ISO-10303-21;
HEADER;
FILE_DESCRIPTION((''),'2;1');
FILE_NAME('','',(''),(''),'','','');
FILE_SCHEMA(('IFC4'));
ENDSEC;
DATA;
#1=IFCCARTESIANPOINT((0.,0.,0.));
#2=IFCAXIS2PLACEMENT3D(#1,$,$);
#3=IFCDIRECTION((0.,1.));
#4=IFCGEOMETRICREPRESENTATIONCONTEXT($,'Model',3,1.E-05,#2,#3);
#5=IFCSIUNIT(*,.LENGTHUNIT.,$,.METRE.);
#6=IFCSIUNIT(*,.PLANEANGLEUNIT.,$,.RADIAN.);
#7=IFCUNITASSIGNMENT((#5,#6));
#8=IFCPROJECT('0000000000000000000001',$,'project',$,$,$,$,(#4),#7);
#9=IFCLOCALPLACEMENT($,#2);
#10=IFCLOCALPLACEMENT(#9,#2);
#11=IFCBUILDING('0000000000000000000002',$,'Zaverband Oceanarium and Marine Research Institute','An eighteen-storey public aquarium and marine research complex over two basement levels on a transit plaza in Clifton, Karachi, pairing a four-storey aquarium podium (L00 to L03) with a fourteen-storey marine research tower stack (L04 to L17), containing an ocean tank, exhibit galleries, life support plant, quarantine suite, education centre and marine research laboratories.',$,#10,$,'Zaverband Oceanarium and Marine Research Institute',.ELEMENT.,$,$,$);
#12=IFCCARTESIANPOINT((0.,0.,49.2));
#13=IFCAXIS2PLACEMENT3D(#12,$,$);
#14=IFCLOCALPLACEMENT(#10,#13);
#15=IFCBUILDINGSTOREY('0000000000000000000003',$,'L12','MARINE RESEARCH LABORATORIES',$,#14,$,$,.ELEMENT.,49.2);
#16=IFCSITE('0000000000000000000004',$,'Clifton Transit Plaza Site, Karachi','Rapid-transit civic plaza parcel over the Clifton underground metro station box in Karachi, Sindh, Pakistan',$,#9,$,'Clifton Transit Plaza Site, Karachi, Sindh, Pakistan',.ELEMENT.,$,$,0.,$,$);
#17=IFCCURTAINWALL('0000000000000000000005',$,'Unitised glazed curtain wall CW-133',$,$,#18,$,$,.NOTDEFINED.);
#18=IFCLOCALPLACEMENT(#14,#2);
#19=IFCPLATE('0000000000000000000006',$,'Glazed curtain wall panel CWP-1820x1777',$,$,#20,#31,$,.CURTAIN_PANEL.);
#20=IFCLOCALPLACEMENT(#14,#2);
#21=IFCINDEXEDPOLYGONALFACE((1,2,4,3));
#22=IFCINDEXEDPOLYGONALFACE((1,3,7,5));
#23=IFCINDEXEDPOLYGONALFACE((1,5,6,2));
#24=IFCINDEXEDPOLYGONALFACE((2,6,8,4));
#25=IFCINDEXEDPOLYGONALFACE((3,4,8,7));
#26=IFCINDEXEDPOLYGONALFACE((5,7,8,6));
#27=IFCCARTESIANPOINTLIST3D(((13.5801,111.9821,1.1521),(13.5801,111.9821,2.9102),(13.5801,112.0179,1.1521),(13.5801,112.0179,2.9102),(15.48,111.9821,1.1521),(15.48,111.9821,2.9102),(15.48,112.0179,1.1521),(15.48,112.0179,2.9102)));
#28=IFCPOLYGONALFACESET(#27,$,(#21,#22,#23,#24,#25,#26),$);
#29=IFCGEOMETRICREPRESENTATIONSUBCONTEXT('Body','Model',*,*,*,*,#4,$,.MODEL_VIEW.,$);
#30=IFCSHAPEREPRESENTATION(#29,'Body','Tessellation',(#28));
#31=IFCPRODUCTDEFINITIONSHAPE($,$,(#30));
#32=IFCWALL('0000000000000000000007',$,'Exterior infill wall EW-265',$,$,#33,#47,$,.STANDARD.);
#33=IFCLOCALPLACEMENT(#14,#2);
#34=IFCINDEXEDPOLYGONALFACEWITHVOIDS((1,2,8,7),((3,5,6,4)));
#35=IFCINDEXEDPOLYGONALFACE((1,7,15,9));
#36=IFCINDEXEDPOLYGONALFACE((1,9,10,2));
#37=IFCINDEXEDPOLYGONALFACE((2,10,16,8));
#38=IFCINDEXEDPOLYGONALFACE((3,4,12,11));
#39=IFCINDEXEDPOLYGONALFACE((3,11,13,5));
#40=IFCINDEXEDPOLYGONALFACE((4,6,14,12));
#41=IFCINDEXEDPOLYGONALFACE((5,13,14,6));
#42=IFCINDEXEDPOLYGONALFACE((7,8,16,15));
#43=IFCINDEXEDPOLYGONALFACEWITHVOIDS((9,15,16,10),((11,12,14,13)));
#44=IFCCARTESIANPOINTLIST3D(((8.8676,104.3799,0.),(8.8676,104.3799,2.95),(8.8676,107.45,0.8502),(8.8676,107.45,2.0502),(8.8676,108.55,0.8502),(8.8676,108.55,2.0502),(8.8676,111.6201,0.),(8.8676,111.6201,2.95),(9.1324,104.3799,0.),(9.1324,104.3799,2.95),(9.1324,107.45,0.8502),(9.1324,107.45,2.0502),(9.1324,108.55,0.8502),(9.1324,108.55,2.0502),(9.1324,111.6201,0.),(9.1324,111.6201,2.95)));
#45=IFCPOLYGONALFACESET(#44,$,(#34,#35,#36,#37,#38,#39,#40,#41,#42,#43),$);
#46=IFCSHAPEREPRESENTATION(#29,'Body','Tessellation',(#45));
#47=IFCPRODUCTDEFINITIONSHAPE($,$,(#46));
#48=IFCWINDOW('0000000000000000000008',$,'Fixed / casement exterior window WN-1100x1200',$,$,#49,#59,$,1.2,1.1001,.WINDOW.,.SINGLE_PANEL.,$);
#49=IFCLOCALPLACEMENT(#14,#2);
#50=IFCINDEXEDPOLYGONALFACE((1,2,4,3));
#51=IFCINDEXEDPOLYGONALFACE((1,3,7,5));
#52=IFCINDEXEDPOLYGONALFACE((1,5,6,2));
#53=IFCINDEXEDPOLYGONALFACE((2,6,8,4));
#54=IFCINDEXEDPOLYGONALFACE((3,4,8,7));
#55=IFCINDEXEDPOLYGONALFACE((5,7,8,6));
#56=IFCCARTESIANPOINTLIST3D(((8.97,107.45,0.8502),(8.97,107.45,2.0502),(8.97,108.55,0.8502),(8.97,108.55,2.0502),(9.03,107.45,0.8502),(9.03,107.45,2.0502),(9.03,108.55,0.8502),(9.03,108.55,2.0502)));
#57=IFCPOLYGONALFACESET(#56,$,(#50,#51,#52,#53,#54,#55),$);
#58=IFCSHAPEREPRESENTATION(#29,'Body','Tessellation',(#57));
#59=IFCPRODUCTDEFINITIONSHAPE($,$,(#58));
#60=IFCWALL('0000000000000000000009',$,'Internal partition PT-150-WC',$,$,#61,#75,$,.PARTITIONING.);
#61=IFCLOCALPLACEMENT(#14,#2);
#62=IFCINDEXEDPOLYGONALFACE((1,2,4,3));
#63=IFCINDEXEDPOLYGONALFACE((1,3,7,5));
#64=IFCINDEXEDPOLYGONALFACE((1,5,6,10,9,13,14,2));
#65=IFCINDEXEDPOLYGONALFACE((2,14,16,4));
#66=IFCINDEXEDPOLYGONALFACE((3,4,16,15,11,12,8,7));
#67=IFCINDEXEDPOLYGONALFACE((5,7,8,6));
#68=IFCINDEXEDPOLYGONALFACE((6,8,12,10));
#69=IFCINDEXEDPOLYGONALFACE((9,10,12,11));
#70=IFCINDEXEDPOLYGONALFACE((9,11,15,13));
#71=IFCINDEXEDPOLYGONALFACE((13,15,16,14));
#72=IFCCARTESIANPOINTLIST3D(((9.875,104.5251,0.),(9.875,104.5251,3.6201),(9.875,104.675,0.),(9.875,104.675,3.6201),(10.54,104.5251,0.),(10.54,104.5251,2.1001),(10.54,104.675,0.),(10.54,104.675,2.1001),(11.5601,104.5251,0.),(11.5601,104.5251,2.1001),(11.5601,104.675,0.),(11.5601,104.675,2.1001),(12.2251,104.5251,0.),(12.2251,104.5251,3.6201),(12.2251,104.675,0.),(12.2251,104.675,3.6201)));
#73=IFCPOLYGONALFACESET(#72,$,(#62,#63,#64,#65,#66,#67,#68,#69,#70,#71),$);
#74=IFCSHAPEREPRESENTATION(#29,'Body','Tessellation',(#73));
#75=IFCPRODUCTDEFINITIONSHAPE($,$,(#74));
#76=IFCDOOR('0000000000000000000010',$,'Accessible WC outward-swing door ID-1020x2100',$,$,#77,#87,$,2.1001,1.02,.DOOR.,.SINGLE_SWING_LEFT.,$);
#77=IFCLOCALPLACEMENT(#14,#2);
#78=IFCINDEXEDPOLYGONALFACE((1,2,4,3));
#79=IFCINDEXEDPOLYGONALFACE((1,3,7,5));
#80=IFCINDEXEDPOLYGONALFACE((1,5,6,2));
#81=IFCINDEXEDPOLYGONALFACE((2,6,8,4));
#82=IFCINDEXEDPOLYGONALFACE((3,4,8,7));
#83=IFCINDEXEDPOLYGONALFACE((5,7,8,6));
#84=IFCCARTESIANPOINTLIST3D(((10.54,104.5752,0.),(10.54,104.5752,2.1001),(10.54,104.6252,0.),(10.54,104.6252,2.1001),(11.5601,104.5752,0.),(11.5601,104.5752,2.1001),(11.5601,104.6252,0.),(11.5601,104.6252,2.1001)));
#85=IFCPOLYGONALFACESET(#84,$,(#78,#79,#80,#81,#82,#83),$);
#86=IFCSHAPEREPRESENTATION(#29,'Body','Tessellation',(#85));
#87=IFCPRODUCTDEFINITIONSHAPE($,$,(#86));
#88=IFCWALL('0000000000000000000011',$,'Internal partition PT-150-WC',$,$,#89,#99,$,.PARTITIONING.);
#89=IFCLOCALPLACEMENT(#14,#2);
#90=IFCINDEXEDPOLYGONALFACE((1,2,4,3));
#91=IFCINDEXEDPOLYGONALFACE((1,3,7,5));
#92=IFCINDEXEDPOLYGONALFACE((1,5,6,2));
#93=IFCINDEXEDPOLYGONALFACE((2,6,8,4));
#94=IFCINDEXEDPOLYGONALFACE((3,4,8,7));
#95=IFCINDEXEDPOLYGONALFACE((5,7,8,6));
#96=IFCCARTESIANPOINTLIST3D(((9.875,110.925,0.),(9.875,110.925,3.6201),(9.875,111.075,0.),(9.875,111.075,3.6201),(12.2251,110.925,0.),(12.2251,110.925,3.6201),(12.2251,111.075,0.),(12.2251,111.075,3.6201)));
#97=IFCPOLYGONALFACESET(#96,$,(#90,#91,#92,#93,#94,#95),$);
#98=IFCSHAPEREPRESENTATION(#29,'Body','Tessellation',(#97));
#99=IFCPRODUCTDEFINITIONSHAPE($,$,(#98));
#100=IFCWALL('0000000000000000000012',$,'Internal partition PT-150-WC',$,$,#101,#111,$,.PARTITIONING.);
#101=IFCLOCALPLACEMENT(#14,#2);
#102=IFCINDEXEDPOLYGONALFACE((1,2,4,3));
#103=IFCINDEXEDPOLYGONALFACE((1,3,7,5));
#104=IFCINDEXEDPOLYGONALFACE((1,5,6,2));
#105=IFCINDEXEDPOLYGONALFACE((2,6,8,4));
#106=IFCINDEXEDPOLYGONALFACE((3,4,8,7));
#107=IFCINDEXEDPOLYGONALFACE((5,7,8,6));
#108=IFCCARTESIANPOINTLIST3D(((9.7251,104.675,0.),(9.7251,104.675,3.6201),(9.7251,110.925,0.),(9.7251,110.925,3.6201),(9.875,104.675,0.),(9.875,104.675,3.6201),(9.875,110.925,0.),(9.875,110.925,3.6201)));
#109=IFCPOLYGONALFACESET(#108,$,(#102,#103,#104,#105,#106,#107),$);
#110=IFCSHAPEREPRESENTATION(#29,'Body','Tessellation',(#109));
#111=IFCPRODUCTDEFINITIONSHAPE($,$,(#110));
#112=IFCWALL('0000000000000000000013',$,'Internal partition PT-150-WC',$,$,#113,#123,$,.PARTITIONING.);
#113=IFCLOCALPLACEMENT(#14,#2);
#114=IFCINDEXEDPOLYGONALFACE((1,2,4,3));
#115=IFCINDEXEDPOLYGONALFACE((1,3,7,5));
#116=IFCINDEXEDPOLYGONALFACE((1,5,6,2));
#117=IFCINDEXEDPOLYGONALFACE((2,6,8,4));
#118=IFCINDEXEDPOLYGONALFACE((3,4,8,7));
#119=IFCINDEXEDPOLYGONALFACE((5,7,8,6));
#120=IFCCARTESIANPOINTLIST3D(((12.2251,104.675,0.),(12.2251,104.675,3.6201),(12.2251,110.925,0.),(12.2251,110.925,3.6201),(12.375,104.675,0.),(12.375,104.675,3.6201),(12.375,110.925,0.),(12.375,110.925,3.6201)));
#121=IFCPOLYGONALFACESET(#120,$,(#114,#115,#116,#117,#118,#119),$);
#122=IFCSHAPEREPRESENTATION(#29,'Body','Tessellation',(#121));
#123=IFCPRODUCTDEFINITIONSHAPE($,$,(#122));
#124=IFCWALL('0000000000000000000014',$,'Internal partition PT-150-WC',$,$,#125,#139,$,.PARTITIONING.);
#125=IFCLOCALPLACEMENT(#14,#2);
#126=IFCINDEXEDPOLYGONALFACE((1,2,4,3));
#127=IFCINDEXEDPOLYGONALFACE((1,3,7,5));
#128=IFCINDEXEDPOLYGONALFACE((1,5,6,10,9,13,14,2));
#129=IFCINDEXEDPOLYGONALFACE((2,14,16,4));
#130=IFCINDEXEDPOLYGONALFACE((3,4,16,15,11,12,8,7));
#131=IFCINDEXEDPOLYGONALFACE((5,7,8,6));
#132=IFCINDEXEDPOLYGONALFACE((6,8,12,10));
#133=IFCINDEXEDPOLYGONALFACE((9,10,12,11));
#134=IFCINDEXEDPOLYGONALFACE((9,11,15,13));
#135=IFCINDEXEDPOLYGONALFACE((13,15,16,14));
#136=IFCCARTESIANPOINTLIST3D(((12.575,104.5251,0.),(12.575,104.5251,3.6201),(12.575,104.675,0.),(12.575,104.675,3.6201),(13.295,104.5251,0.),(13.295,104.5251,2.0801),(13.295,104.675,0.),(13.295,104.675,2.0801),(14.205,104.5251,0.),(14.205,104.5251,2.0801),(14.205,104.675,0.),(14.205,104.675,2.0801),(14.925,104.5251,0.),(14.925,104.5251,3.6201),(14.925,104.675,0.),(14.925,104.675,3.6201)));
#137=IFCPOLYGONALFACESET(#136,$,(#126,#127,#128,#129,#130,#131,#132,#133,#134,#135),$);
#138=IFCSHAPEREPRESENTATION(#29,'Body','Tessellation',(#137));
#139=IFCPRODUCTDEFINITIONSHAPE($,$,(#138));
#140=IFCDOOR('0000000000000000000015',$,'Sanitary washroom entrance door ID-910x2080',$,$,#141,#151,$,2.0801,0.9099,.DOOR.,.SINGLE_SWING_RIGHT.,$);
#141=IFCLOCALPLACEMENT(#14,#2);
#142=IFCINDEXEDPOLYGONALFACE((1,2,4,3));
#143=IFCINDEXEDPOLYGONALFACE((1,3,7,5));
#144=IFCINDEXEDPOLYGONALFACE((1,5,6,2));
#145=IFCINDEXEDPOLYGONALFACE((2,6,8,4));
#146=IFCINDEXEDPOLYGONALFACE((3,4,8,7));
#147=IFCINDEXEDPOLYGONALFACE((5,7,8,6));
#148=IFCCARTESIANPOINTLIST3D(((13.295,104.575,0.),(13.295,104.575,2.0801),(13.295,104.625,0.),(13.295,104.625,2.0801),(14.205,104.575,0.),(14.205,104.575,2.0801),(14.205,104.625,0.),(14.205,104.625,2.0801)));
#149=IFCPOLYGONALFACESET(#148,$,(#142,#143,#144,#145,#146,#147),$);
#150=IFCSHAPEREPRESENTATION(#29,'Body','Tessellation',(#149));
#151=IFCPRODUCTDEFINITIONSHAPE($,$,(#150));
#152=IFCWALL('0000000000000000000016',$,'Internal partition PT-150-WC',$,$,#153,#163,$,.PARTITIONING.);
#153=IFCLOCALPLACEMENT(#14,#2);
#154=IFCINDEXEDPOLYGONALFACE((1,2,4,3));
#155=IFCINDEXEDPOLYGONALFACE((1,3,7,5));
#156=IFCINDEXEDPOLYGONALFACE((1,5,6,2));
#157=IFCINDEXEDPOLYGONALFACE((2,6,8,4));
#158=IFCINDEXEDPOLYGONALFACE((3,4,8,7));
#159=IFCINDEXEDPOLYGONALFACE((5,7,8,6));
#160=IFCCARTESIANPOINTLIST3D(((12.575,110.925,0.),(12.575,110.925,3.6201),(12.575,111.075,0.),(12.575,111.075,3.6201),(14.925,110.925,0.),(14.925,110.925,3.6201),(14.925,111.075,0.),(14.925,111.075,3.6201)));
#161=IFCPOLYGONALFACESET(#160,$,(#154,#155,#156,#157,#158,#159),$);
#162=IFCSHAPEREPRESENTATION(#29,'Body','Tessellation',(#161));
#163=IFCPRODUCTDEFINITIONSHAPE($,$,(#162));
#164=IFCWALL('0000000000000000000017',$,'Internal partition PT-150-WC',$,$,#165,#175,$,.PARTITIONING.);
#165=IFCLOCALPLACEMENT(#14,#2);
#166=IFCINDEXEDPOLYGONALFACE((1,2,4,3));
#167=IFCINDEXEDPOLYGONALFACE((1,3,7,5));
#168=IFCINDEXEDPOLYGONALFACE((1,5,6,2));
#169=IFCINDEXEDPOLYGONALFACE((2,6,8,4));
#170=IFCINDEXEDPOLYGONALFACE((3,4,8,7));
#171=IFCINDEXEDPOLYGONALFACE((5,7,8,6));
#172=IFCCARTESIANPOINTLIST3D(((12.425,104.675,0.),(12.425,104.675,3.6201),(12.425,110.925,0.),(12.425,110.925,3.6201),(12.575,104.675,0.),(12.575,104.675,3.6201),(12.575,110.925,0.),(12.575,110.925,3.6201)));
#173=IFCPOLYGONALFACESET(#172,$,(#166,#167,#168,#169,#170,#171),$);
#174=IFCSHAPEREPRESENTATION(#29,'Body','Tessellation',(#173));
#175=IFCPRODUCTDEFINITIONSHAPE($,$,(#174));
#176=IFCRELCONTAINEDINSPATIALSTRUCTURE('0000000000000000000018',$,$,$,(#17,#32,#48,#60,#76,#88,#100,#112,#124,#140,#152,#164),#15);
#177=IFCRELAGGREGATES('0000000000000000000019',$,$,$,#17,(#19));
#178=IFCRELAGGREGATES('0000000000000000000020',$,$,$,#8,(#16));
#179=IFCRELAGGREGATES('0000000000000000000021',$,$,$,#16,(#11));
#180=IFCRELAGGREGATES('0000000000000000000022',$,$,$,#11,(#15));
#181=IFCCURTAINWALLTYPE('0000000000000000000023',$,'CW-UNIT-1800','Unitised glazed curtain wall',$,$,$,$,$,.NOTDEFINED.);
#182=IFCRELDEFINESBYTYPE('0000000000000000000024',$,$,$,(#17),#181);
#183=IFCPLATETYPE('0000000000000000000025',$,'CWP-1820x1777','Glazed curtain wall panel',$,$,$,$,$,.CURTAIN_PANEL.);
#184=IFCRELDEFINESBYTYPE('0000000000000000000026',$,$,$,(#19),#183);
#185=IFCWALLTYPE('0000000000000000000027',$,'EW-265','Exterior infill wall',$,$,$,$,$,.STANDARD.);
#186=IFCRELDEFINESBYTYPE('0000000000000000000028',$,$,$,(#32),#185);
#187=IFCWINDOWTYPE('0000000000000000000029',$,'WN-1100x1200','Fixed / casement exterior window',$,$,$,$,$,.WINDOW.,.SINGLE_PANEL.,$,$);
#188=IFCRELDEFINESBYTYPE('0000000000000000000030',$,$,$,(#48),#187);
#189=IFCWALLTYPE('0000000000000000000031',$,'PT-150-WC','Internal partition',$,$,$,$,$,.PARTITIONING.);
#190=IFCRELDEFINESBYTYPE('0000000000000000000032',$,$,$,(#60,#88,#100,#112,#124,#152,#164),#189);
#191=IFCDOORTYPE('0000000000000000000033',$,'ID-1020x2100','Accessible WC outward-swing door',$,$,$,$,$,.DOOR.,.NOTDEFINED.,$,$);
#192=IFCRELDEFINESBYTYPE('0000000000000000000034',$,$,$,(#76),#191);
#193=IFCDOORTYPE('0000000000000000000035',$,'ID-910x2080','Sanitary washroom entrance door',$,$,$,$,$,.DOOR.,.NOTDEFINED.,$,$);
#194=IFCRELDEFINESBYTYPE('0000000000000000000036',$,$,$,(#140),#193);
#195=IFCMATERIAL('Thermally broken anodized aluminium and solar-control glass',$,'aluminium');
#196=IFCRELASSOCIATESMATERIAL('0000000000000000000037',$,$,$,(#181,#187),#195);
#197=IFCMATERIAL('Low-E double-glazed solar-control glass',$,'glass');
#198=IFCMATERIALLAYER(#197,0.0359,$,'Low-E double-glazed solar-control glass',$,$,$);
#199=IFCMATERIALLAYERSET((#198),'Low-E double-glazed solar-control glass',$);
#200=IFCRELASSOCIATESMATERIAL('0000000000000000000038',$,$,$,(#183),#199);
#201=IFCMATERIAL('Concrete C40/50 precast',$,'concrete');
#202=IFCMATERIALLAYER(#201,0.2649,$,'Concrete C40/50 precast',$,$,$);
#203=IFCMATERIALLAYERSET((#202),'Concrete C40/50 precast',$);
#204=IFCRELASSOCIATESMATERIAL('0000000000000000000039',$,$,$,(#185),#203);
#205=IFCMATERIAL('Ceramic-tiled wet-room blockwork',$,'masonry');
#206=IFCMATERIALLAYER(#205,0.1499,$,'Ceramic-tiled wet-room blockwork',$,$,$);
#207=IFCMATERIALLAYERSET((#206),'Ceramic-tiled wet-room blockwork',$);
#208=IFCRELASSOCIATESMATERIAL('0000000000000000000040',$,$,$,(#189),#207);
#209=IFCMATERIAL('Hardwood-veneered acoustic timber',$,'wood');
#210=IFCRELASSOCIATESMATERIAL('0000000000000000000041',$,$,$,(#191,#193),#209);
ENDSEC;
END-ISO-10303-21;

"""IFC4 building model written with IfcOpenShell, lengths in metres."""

from ifc_helpers import new_model, si_unit, direction, frame, frame_2d, origin, place, context, subcontext, project, spatial, rectangle, extrude, material, layer, layer_set, type_object, element, fill, aggregate, save


model = new_model("IFC4")

# Units and contexts
model_context = context("Model", 3, precision=1e-05, world=origin(), true_north=direction((0.0, 1.0)))
body_context = subcontext(model_context, "Body", "Model", "MODEL_VIEW")
ifc_project = project(units=[si_unit("LENGTHUNIT", "METRE"), si_unit("PLANEANGLEUNIT", "RADIAN")], contexts=[model_context])

# Site, building, storey
site_placement = place(None, origin())
site = spatial("IfcSite", under=ifc_project, at=site_placement, Name="Clifton Transit Plaza Site, Karachi", Description="Rapid-transit civic plaza parcel over the Clifton underground metro station box in Karachi, Sindh, Pakistan", LongName="Clifton Transit Plaza Site, Karachi, Sindh, Pakistan", CompositionType="ELEMENT", RefElevation=0.0)
building_placement = place(site_placement, origin())
building = spatial("IfcBuilding", under=site, at=building_placement, Name="Zaverband Oceanarium and Marine Research Institute", Description="An eighteen-storey public aquarium and marine research complex over two basement levels on a transit plaza in Clifton, Karachi, pairing a four-storey aquarium podium (L00 to L03) with a fourteen-storey marine research tower stack (L04 to L17), containing an ocean tank, exhibit galleries, life support plant, quarantine suite, education centre and marine research laboratories.", LongName="Zaverband Oceanarium and Marine Research Institute", CompositionType="ELEMENT")
storey_placement = place(building_placement, frame((0.0, 0.0, 49.2)))
storey = spatial("IfcBuildingStorey", under=building, at=storey_placement, Name="L12", Description="MARINE RESEARCH LABORATORIES", CompositionType="ELEMENT", Elevation=49.2)

# Curtain wall
ifc_material_1 = material(Name="Thermally broken anodized aluminium and solar-control glass", Category="aluminium")
curtain_wall_type = type_object("IfcCurtainWallType", Name="CW-UNIT-1800", Description="Unitised glazed curtain wall", PredefinedType="NOTDEFINED", material=ifc_material_1)
curtain_wall_placement = place(storey_placement, origin())
curtain_wall = element("IfcCurtainWall", 1, at=curtain_wall_placement, inside=storey, type_object=curtain_wall_type, Name="Unitised glazed curtain wall CW-133", PredefinedType="NOTDEFINED")

# Plate
ifc_material_2 = material(Name="Low-E double-glazed solar-control glass", Category="glass")
ifc_layer_1 = layer(ifc_material_2, 0.0359, Name="Low-E double-glazed solar-control glass")
ifc_layer_set_1 = layer_set([ifc_layer_1], Name="Low-E double-glazed solar-control glass")
plate_type_1 = type_object("IfcPlateType", Name="CWP-1820x1777", Description="Glazed curtain wall panel", PredefinedType="CURTAIN_PANEL", material=ifc_layer_set_1)
plate_1_placement = place(storey_placement, frame((13.5801, 112.0, 1.1521), z_axis=(0.0, 0.0, 1.0), x_axis=(1.0, 0.0, 0.0)))
plate_1 = element("IfcPlate", 2, at=plate_1_placement, type_object=plate_type_1, Name="Glazed curtain wall panel CWP-1820x1777", PredefinedType="CURTAIN_PANEL", context=body_context, shape_type="SweptSolid", body=[
    extrude(rectangle(XDim=1.8999, YDim=0.0359, at=frame_2d((0.95, 0.0))), origin(), (0.0, 0.0, 1.0), 1.7581),
])
aggregate(curtain_wall, [plate_1])

# Wall, opening, window
ifc_material_3 = material(Name="Concrete C40/50 precast", Category="concrete")
ifc_layer_2 = layer(ifc_material_3, 0.2649, Name="Concrete C40/50 precast")
ifc_layer_set_2 = layer_set([ifc_layer_2], Name="Concrete C40/50 precast")
wall_type_1 = type_object("IfcWallType", Name="EW-265", Description="Exterior infill wall", PredefinedType="STANDARD", material=ifc_layer_set_2)
wall_1_placement = place(storey_placement, frame((9.0, 104.3799, 0.0), z_axis=(0.0, 0.0, 1.0), x_axis=(0.0, 1.0, 0.0)))
wall_1 = element("IfcWall", 3, at=wall_1_placement, inside=storey, type_object=wall_type_1, Name="Exterior infill wall EW-265", PredefinedType="STANDARD", context=body_context, shape_type="SweptSolid", body=[
    extrude(rectangle(XDim=7.2402, YDim=0.2649, at=frame_2d((3.6201, 0.0))), origin(), (0.0, 0.0, 1.0), 2.95),
])
opening_1_placement = place(wall_1_placement, frame((3.0701, 0.0, 0.8501)))
opening_1 = element("IfcOpeningElement", 4, at=opening_1_placement, cuts=wall_1, PredefinedType="OPENING", context=body_context, shape_type="SweptSolid", body=[
    extrude(rectangle(XDim=1.1001, YDim=1.2, at=frame_2d((0.55, 0.6001))), frame((0.0, 0.1445, 0.0), z_axis=(0.0, -1.0, 0.0), x_axis=(1.0, 0.0, 0.0)), (0.0, 0.0, 1.0), 0.2888),
])
window_type = type_object("IfcWindowType", Name="WN-1100x1200", Description="Fixed / casement exterior window", PartitioningType="SINGLE_PANEL", PredefinedType="WINDOW", material=ifc_material_1)
window_placement = place(opening_1_placement, origin())
window = element("IfcWindow", 5, at=window_placement, inside=storey, type_object=window_type, Name="Fixed / casement exterior window WN-1100x1200", OverallHeight=1.2, OverallWidth=1.1001, PartitioningType="SINGLE_PANEL", PredefinedType="WINDOW", context=body_context, shape_type="SweptSolid", body=[
    extrude(rectangle(XDim=1.1001, YDim=1.2, at=frame_2d((0.55, 0.6001))), frame((0.0, 0.03, 0.0), z_axis=(0.0, -1.0, 0.0), x_axis=(1.0, 0.0, 0.0)), (0.0, 0.0, 1.0), 0.0601),
])
fill(opening_1, window)

# Wall, opening, door
ifc_material_4 = material(Name="Ceramic-tiled wet-room blockwork", Category="masonry")
ifc_layer_3 = layer(ifc_material_4, 0.1499, Name="Ceramic-tiled wet-room blockwork")
ifc_layer_set_3 = layer_set([ifc_layer_3], Name="Ceramic-tiled wet-room blockwork")
wall_type_2 = type_object("IfcWallType", Name="PT-150-WC", Description="Internal partition", PredefinedType="PARTITIONING", material=ifc_layer_set_3)
wall_2_placement = place(storey_placement, frame((9.875, 104.6001, 0.0), z_axis=(0.0, 0.0, 1.0), x_axis=(1.0, 0.0, 0.0)))
wall_2 = element("IfcWall", 6, at=wall_2_placement, inside=storey, type_object=wall_type_2, Name="Internal partition PT-150-WC", PredefinedType="PARTITIONING", context=body_context, shape_type="SweptSolid", body=[
    extrude(rectangle(XDim=2.3501, YDim=0.1499, at=frame_2d((1.175, 0.0))), origin(), (0.0, 0.0, 1.0), 3.6201),
])
opening_2_placement = place(wall_2_placement, frame((0.665, 0.0, 0.0)))
opening_2 = element("IfcOpeningElement", 7, at=opening_2_placement, cuts=wall_2, PredefinedType="OPENING", context=body_context, shape_type="SweptSolid", body=[
    extrude(rectangle(XDim=1.02, YDim=2.1001, at=frame_2d((0.51, 1.05))), frame((0.0, 0.0869, 0.0), z_axis=(0.0, -1.0, 0.0), x_axis=(1.0, 0.0, 0.0)), (0.0, 0.0, 1.0), 0.1738),
])
ifc_material_5 = material(Name="Hardwood-veneered acoustic timber", Category="wood")
door_type_1 = type_object("IfcDoorType", Name="ID-1020x2100", Description="Accessible WC outward-swing door", OperationType="NOTDEFINED", PredefinedType="DOOR", material=ifc_material_5)
door_1_placement = place(opening_2_placement, frame((1.02, 0.0, 0.0), z_axis=(0.0, 0.0, 1.0), x_axis=(-1.0, 0.0, 0.0)))
door_1 = element("IfcDoor", 8, at=door_1_placement, inside=storey, type_object=door_type_1, Name="Accessible WC outward-swing door ID-1020x2100", OperationType="SINGLE_SWING_LEFT", OverallHeight=2.1001, OverallWidth=1.02, PredefinedType="DOOR", context=body_context, shape_type="SweptSolid", body=[
    extrude(rectangle(XDim=1.02, YDim=2.1001, at=frame_2d((0.51, 1.05))), frame((0.0, 0.0249, 0.0), z_axis=(0.0, -1.0, 0.0), x_axis=(1.0, 0.0, 0.0)), (0.0, 0.0, 1.0), 0.05),
])
fill(opening_2, door_1)

# Walls
wall_3_placement = place(storey_placement, frame((9.875, 111.0, 0.0), z_axis=(0.0, 0.0, 1.0), x_axis=(1.0, 0.0, 0.0)))
element("IfcWall", 9, at=wall_3_placement, inside=storey, type_object=wall_type_2, Name="Internal partition PT-150-WC", PredefinedType="PARTITIONING", context=body_context, shape_type="SweptSolid", body=[
    extrude(rectangle(XDim=2.3501, YDim=0.1499, at=frame_2d((1.175, 0.0))), origin(), (0.0, 0.0, 1.0), 3.6201),
])
for number, where, z_axis, x_axis, name in (
    (10, (9.8, 104.675, 0.0), (0.0, 0.0, 1.0), (0.0, 1.0, 0.0), "Internal partition PT-150-WC"),
    (11, (12.3, 104.675, 0.0), (0.0, 0.0, 1.0), (0.0, 1.0, 0.0), "Internal partition PT-150-WC"),
):
    element("IfcWall", number, at=place(storey_placement, frame(where, z_axis=z_axis, x_axis=x_axis)), inside=storey, type_object=wall_type_2, Name=name, PredefinedType="PARTITIONING", context=body_context, shape_type="SweptSolid", body=[
        extrude(rectangle(XDim=6.25, YDim=0.1499, at=frame_2d((3.125, 0.0))), origin(), (0.0, 0.0, 1.0), 3.6201),
    ])

# Wall, opening, door
wall_4_placement = place(storey_placement, frame((12.575, 104.6001, 0.0), z_axis=(0.0, 0.0, 1.0), x_axis=(1.0, 0.0, 0.0)))
wall_4 = element("IfcWall", 12, at=wall_4_placement, inside=storey, type_object=wall_type_2, Name="Internal partition PT-150-WC", PredefinedType="PARTITIONING", context=body_context, shape_type="SweptSolid", body=[
    extrude(rectangle(XDim=2.3501, YDim=0.1499, at=frame_2d((1.175, 0.0))), origin(), (0.0, 0.0, 1.0), 3.6201),
])
opening_3_placement = place(wall_4_placement, frame((0.72, 0.0, 0.0)))
opening_3 = element("IfcOpeningElement", 13, at=opening_3_placement, cuts=wall_4, PredefinedType="OPENING", context=body_context, shape_type="SweptSolid", body=[
    extrude(rectangle(XDim=0.9099, YDim=2.0801, at=frame_2d((0.4551, 1.04))), frame((0.0, 0.0869, 0.0), z_axis=(0.0, -1.0, 0.0), x_axis=(1.0, 0.0, 0.0)), (0.0, 0.0, 1.0), 0.1738),
])
door_type_2 = type_object("IfcDoorType", Name="ID-910x2080", Description="Sanitary washroom entrance door", OperationType="NOTDEFINED", PredefinedType="DOOR", material=ifc_material_5)
door_2_placement = place(opening_3_placement, origin())
door_2 = element("IfcDoor", 14, at=door_2_placement, inside=storey, type_object=door_type_2, Name="Sanitary washroom entrance door ID-910x2080", OperationType="SINGLE_SWING_RIGHT", OverallHeight=2.0801, OverallWidth=0.9099, PredefinedType="DOOR", context=body_context, shape_type="SweptSolid", body=[
    extrude(rectangle(XDim=0.9099, YDim=2.0801, at=frame_2d((0.4551, 1.04))), frame((0.0, 0.0249, 0.0), z_axis=(0.0, -1.0, 0.0), x_axis=(1.0, 0.0, 0.0)), (0.0, 0.0, 1.0), 0.05),
])
fill(opening_3, door_2)

# Walls
wall_5_placement = place(storey_placement, frame((12.575, 111.0, 0.0), z_axis=(0.0, 0.0, 1.0), x_axis=(1.0, 0.0, 0.0)))
element("IfcWall", 15, at=wall_5_placement, inside=storey, type_object=wall_type_2, Name="Internal partition PT-150-WC", PredefinedType="PARTITIONING", context=body_context, shape_type="SweptSolid", body=[
    extrude(rectangle(XDim=2.3501, YDim=0.1499, at=frame_2d((1.175, 0.0))), origin(), (0.0, 0.0, 1.0), 3.6201),
])
for number, where, z_axis, x_axis, name in (
    (16, (12.5, 104.675, 0.0), (0.0, 0.0, 1.0), (0.0, 1.0, 0.0), "Internal partition PT-150-WC"),
):
    element("IfcWall", number, at=place(storey_placement, frame(where, z_axis=z_axis, x_axis=x_axis)), inside=storey, type_object=wall_type_2, Name=name, PredefinedType="PARTITIONING", context=body_context, shape_type="SweptSolid", body=[
        extrude(rectangle(XDim=6.25, YDim=0.1499, at=frame_2d((3.125, 0.0))), origin(), (0.0, 0.0, 1.0), 3.6201),
    ])

save(model, "model.ifc")
